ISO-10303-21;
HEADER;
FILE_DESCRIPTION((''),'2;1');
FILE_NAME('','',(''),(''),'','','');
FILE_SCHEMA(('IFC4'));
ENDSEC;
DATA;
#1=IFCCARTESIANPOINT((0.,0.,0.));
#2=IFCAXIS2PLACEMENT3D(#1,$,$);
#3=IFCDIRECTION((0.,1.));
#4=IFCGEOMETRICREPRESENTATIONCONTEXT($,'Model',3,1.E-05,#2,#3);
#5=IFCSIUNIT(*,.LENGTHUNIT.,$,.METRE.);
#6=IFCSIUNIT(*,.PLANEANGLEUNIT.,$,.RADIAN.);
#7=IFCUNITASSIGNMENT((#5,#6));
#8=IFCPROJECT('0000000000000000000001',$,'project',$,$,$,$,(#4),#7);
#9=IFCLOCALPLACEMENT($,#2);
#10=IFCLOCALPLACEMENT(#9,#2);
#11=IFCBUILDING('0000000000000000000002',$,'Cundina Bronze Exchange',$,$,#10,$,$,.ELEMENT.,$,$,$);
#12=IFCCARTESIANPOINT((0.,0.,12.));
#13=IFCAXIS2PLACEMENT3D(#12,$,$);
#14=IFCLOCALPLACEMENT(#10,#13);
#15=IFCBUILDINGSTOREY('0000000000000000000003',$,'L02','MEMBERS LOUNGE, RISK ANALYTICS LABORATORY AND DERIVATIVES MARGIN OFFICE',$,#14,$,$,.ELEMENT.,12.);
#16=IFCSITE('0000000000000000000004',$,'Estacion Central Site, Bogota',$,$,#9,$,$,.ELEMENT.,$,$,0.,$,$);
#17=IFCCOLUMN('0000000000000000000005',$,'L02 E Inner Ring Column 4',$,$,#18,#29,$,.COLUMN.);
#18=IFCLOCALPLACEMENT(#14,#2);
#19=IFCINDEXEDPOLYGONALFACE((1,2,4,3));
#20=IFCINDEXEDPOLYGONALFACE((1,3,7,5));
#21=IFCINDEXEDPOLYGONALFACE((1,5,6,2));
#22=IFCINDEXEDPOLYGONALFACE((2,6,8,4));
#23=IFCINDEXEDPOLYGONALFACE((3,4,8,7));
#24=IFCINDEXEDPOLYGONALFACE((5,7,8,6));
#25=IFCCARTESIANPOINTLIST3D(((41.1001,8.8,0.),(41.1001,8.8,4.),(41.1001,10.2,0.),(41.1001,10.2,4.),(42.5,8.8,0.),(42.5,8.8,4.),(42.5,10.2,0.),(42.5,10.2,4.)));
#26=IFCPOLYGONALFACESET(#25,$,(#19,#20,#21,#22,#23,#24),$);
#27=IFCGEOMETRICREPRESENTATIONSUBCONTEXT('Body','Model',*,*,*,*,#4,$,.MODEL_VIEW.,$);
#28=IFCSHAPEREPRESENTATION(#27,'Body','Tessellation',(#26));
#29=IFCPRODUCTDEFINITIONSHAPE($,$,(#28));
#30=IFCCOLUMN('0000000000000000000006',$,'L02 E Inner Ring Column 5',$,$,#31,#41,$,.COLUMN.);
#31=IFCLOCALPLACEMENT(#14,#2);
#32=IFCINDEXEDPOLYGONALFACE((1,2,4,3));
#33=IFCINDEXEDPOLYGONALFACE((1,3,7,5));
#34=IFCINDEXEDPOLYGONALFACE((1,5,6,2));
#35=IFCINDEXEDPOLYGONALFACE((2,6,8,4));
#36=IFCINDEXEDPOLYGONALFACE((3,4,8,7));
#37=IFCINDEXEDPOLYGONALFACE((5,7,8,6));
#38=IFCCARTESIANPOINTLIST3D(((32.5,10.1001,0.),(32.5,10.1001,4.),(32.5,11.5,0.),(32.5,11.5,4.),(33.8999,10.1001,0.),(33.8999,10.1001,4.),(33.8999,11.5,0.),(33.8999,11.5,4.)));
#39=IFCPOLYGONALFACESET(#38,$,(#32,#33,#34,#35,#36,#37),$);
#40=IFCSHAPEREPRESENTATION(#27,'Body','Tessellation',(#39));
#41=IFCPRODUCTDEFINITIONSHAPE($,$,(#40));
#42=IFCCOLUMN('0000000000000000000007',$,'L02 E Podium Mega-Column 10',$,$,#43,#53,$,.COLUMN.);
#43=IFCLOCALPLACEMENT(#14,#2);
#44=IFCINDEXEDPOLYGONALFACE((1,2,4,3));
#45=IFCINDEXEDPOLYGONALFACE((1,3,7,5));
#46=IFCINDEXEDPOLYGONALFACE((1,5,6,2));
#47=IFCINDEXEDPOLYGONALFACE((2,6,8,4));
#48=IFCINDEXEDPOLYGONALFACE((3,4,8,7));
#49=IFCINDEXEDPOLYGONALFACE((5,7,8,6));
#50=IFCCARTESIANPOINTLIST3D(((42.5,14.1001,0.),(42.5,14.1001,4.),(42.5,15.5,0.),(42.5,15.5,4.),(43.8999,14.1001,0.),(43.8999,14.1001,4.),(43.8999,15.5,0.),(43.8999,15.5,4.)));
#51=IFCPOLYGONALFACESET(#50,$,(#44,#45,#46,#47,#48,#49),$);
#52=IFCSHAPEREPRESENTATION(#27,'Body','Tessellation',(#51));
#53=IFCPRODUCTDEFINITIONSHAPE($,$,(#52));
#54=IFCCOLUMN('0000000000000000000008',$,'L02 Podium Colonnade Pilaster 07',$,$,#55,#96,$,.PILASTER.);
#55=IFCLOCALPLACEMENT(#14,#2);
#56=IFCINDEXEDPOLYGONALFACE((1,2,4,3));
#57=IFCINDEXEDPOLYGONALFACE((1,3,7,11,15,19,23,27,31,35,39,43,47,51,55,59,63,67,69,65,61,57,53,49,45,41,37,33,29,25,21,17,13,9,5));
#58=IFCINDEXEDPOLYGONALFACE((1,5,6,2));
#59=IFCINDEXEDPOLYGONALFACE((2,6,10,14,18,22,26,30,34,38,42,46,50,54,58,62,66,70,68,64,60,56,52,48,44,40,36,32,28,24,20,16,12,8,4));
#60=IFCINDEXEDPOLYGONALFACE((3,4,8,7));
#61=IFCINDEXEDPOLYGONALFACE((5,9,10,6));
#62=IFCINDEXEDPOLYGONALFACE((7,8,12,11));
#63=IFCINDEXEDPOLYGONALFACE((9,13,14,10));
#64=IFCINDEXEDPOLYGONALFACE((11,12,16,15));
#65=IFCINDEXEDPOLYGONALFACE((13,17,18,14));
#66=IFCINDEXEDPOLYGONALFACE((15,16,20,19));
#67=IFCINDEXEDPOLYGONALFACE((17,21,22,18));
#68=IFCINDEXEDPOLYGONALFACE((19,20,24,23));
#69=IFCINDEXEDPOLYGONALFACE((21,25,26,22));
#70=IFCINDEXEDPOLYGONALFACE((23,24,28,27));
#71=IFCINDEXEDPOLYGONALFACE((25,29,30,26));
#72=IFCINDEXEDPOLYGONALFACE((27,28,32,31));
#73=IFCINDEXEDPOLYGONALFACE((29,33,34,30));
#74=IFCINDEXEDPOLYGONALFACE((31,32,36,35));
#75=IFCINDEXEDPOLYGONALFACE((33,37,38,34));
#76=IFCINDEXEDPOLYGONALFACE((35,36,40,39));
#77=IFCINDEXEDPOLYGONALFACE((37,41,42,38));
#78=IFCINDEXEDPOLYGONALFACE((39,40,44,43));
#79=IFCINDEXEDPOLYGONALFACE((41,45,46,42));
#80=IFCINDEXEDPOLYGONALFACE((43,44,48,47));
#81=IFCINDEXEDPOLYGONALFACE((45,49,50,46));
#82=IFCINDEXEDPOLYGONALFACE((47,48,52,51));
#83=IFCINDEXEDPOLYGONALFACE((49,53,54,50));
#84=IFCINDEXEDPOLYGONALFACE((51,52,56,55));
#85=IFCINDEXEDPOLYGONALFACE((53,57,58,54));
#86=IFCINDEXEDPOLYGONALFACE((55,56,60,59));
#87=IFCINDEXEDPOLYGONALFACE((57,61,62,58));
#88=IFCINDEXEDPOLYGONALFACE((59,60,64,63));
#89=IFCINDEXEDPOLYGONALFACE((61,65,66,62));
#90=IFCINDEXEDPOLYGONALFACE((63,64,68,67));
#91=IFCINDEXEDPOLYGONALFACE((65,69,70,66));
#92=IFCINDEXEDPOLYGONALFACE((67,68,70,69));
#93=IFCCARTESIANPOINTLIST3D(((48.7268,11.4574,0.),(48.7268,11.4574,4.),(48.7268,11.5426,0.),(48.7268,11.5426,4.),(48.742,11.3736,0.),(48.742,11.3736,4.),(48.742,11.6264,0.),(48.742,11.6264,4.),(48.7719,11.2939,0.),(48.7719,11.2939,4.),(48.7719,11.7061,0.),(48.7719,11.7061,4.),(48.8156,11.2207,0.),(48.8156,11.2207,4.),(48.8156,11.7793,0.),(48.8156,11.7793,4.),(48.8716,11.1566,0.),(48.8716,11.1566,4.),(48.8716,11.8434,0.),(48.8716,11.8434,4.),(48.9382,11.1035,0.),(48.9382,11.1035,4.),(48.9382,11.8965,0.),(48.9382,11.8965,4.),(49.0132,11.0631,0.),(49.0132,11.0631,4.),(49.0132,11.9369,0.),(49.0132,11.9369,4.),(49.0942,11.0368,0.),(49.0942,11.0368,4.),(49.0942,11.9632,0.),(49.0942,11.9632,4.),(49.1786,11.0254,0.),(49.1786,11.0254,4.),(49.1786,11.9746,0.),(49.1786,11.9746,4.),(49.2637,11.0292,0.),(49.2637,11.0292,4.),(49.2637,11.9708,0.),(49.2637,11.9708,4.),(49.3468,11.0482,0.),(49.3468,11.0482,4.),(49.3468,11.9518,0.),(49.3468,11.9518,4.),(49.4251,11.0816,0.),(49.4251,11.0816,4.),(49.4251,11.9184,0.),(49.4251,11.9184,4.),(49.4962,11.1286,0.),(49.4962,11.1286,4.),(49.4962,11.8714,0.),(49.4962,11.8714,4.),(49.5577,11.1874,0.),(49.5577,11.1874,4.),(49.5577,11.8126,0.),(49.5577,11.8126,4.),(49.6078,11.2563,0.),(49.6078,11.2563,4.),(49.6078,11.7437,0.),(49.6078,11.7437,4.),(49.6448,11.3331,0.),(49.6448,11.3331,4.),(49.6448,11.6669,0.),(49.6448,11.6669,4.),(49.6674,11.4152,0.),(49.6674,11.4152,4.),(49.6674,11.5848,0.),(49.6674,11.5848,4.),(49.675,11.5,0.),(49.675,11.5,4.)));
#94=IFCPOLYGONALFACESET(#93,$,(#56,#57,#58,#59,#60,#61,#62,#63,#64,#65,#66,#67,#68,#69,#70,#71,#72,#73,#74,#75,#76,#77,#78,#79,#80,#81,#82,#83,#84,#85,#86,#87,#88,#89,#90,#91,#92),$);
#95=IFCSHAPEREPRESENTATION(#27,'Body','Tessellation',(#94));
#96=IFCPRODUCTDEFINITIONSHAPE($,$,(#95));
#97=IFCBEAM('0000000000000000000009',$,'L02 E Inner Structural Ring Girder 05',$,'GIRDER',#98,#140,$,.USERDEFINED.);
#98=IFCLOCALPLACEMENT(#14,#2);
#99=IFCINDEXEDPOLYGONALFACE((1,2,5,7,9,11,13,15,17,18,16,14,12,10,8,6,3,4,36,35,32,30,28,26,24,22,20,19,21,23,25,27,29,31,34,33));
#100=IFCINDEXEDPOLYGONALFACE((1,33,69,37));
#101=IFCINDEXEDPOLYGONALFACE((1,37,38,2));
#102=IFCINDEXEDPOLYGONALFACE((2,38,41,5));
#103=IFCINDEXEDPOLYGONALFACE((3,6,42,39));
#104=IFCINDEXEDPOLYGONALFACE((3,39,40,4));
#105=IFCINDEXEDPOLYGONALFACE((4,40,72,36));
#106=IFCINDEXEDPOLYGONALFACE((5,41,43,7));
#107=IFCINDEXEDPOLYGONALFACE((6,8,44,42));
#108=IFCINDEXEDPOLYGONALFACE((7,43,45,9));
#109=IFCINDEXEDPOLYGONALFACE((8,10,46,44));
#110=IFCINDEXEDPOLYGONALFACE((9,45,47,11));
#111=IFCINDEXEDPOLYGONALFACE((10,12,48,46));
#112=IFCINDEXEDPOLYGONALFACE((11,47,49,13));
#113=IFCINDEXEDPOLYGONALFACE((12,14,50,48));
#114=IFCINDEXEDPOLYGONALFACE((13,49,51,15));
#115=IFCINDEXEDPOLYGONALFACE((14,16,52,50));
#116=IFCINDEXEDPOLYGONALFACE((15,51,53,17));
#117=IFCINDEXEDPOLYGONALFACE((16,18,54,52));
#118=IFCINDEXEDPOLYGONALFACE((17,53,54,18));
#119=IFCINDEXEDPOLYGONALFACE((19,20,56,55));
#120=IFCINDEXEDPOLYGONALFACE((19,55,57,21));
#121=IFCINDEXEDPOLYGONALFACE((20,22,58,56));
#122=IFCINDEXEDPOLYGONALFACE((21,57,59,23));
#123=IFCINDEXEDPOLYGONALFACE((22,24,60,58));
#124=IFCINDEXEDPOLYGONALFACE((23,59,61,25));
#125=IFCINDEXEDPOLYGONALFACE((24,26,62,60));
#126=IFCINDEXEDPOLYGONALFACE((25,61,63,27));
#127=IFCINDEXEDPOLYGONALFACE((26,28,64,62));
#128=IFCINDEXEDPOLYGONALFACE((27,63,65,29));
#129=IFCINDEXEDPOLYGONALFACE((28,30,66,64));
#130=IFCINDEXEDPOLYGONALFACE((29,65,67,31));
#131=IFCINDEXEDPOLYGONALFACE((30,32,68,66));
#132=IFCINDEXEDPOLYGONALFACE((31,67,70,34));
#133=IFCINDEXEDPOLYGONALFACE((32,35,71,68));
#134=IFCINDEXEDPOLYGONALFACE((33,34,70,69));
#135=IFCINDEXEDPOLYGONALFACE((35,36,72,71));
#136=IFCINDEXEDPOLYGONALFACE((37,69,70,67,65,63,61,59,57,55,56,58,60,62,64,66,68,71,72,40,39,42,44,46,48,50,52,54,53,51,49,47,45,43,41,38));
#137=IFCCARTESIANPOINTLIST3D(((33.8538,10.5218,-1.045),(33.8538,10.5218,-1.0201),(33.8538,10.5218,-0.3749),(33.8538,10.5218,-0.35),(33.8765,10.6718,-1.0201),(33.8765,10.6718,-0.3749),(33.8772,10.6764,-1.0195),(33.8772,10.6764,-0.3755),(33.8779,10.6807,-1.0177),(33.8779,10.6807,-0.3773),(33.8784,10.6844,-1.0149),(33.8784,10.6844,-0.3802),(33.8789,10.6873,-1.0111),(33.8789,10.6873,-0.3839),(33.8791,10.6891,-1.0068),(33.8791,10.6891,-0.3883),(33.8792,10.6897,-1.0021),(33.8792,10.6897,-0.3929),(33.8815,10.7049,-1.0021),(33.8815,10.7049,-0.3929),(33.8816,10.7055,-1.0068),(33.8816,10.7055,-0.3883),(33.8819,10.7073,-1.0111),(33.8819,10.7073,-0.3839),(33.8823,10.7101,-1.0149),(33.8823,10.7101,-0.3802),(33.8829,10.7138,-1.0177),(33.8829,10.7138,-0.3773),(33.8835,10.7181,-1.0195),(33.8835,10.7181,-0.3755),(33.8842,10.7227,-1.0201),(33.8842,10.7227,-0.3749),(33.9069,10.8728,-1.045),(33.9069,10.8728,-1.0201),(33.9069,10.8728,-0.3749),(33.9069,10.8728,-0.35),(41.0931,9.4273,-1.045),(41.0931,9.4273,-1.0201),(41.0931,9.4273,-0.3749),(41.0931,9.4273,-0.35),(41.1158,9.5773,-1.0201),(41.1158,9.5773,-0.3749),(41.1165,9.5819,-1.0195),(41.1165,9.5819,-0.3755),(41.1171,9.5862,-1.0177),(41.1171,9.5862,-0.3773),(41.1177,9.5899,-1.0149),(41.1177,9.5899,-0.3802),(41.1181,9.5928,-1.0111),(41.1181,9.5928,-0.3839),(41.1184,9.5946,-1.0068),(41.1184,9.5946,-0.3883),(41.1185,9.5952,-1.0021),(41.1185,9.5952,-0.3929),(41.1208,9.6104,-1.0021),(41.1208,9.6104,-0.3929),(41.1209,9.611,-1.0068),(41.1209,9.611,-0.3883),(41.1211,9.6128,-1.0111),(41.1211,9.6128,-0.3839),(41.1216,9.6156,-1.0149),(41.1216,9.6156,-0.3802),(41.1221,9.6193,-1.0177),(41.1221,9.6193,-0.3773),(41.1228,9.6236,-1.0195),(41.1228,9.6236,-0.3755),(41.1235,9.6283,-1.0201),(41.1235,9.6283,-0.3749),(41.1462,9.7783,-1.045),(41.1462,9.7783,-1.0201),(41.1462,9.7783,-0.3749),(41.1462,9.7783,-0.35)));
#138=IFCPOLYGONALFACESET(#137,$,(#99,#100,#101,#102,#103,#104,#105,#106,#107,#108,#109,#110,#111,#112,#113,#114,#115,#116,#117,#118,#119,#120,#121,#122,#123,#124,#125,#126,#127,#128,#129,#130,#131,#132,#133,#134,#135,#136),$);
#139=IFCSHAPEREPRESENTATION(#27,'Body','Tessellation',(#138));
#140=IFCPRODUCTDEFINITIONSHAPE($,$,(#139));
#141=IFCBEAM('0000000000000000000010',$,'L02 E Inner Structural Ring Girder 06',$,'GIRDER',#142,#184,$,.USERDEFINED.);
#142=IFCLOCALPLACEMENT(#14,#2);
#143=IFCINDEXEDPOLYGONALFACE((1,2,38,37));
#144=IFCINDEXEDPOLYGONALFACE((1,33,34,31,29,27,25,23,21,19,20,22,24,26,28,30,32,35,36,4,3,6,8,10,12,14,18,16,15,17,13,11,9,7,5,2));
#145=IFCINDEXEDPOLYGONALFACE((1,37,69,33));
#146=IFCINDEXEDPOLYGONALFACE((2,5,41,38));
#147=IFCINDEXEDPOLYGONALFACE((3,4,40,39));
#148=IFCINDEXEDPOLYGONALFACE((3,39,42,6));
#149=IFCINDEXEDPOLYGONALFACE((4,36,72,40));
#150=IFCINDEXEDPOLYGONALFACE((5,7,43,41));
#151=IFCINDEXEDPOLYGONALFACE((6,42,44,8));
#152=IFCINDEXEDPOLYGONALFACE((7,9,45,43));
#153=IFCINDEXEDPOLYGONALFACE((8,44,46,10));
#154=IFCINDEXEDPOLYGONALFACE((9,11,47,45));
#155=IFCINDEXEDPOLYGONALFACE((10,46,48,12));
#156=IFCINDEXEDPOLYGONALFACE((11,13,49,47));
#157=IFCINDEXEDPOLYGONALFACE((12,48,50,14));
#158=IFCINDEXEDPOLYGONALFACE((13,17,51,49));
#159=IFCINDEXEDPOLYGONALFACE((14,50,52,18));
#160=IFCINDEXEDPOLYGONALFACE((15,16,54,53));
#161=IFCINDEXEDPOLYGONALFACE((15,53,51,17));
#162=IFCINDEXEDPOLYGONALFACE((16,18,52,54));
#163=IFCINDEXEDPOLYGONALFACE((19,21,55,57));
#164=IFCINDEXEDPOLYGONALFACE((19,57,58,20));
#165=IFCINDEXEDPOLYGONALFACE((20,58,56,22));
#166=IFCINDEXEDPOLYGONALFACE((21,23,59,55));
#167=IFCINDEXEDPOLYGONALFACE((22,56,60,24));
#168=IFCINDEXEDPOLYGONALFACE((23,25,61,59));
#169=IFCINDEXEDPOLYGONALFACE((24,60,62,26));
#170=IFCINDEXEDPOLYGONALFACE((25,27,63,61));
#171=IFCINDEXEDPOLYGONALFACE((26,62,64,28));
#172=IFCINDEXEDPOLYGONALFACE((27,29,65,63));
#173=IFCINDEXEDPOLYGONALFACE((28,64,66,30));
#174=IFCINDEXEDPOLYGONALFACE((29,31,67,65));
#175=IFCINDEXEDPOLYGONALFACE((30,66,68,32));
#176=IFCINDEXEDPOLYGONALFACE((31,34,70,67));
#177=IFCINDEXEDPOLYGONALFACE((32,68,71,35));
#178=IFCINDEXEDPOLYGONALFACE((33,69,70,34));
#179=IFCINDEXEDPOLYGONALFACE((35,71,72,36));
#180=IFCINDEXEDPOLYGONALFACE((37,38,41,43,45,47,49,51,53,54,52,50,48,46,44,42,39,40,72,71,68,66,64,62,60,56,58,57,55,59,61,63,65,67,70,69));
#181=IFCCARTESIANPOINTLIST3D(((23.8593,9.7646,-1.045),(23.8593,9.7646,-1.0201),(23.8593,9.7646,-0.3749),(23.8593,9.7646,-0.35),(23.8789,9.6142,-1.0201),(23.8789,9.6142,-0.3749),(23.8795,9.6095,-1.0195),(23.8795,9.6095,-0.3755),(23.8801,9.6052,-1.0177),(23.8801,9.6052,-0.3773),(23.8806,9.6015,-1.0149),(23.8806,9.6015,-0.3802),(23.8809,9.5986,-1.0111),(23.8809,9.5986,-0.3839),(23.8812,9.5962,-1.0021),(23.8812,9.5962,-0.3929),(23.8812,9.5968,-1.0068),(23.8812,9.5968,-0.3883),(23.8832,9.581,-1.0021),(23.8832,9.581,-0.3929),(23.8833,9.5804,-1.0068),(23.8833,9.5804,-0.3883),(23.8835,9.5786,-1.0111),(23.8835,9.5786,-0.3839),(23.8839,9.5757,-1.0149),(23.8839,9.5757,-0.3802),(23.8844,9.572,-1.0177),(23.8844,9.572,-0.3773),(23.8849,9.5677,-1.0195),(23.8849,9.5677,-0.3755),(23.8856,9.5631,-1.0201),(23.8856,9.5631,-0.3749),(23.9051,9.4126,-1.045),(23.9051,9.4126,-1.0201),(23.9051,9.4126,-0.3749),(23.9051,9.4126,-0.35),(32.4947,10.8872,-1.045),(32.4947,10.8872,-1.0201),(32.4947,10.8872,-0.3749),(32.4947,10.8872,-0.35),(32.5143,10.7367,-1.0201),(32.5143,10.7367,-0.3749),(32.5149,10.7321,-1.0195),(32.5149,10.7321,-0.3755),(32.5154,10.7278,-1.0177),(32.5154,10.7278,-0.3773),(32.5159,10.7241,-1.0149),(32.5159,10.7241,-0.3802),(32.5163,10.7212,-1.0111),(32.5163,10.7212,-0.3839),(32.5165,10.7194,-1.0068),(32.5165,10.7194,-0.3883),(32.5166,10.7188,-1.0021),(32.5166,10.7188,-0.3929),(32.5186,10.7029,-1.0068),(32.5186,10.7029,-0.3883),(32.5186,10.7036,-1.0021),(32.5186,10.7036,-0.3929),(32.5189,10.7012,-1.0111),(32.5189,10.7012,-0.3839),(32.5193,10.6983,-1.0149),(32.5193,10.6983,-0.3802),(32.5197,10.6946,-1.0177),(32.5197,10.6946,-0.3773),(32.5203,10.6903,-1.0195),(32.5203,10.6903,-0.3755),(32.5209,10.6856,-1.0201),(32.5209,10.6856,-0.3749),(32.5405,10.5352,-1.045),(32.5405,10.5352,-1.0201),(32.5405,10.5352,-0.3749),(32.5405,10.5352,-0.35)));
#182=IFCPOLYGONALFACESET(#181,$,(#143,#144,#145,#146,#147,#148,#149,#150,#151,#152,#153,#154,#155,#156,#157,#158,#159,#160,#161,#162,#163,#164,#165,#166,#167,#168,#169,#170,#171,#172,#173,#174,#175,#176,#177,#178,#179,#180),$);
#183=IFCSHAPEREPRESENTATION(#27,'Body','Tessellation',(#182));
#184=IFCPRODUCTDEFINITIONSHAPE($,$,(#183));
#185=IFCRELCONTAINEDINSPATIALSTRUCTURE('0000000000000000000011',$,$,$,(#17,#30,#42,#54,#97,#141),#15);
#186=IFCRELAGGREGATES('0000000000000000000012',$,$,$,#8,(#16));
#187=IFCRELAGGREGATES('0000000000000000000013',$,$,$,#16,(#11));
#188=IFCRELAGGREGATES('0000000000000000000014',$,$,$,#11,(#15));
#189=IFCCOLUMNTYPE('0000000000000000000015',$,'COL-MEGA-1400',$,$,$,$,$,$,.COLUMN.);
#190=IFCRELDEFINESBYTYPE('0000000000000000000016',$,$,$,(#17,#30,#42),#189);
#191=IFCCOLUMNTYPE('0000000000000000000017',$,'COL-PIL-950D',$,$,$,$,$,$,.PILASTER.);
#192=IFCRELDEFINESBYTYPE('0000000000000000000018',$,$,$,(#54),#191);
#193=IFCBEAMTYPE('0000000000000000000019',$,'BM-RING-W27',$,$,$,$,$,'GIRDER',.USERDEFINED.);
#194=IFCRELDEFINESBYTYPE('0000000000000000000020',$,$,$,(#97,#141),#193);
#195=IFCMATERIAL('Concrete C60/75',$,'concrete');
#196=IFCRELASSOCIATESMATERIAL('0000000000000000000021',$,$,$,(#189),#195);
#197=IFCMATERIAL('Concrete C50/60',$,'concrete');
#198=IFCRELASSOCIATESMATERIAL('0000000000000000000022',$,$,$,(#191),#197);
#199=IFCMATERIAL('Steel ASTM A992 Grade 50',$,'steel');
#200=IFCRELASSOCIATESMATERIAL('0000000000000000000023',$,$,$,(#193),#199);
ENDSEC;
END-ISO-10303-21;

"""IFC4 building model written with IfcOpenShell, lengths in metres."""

from ifc_helpers import new_model, si_unit, direction, frame, origin, origin_2d, place, context, subcontext, project, spatial, rectangle, circle, i_section, extrude, material, material_profile, profile_set, type_object, element, save


model = new_model("IFC4")

# Units and contexts
model_context = context("Model", 3, precision=1e-05, world=origin(), true_north=direction((0.0, 1.0)))
body_context = subcontext(model_context, "Body", "Model", "MODEL_VIEW")
ifc_project = project(units=[si_unit("LENGTHUNIT", "METRE"), si_unit("PLANEANGLEUNIT", "RADIAN")], contexts=[model_context])

# Site, building, storey
site_placement = place(None, origin())
site = spatial("IfcSite", under=ifc_project, at=site_placement, Name="Estacion Central Site, Bogota", CompositionType="ELEMENT", RefElevation=0.0)
building_placement = place(site_placement, origin())
building = spatial("IfcBuilding", under=site, at=building_placement, Name="Cundina Bronze Exchange", CompositionType="ELEMENT")
storey_placement = place(building_placement, frame((0.0, 0.0, 12.0)))
storey = spatial("IfcBuildingStorey", under=building, at=storey_placement, Name="L02", Description="MEMBERS LOUNGE, RISK ANALYTICS LABORATORY AND DERIVATIVES MARGIN OFFICE", CompositionType="ELEMENT", Elevation=12.0)

# Columns
ifc_material_1 = material(Name="Concrete C60/75", Category="concrete")
ifc_material_profile_1 = material_profile(ifc_material_1, rectangle(XDim=1.3999, YDim=1.3999, at=origin_2d()), Name="RC1400X1400", Category="concrete")
ifc_profile_set_1 = profile_set([ifc_material_profile_1], Name="Concrete C60/75")
column_type_1 = type_object("IfcColumnType", Name="COL-MEGA-1400", PredefinedType="COLUMN", material=ifc_profile_set_1)
for number, where, z_axis, x_axis, name in (
    (1, (41.8, 9.5, 0.0), (0.0, 0.0, 1.0), (1.0, 0.0, 0.0), "L02 E Inner Ring Column 4"),
    (2, (33.2, 10.8, 0.0), (0.0, 0.0, 1.0), (1.0, 0.0, 0.0), "L02 E Inner Ring Column 5"),
    (3, (43.2, 14.8, 0.0), (0.0, 0.0, 1.0), (1.0, 0.0, 0.0), "L02 E Podium Mega-Column 10"),
):
    element("IfcColumn", number, at=place(storey_placement, frame(where, z_axis=z_axis, x_axis=x_axis)), inside=storey, type_object=column_type_1, Name=name, PredefinedType="COLUMN", context=body_context, shape_type="SweptSolid", body=[
        extrude(rectangle(XDim=1.3999, YDim=1.3999, at=origin_2d()), origin(), (0.0, 0.0, 1.0), 4.0),
    ])
ifc_material_2 = material(Name="Concrete C50/60", Category="concrete")
ifc_material_profile_2 = material_profile(ifc_material_2, circle(Radius=0.4751, at=origin_2d()), Name="RC950D", Category="concrete")
ifc_profile_set_2 = profile_set([ifc_material_profile_2], Name="Concrete C50/60")
column_type_2 = type_object("IfcColumnType", Name="COL-PIL-950D", PredefinedType="PILASTER", material=ifc_profile_set_2)
column_placement = place(storey_placement, frame((49.2, 11.5, 0.0), z_axis=(0.0, 0.0, 1.0), x_axis=(1.0, 0.0, 0.0)))
element("IfcColumn", 4, at=column_placement, inside=storey, type_object=column_type_2, Name="L02 Podium Colonnade Pilaster 07", PredefinedType="PILASTER", context=body_context, shape_type="SweptSolid", body=[
    extrude(circle(Radius=0.4751, at=origin_2d()), origin(), (0.0, 0.0, 1.0), 4.0),
])

# Beams
ifc_material_3 = material(Name="Steel ASTM A992 Grade 50", Category="steel")
ifc_material_profile_3 = material_profile(ifc_material_3, i_section(OverallWidth=0.355, OverallDepth=0.6951, WebThickness=0.0154, FlangeThickness=0.0249, FilletRadius=0.0181, at=origin_2d()), Name="W27X146", Category="steel")
ifc_profile_set_3 = profile_set([ifc_material_profile_3], Name="Steel ASTM A992 Grade 50")
beam_type_1 = type_object("IfcBeamType", Name="BM-RING-W27", ElementType="GIRDER", PredefinedType="USERDEFINED", material=ifc_profile_set_3)
beam_1_placement = place(storey_placement, frame((41.1196, 9.6028, -0.6975), z_axis=(-0.988763, 0.149488, 0.0), x_axis=(-0.149488, -0.988763, 0.0)))
element("IfcBeam", 5, at=beam_1_placement, inside=storey, type_object=beam_type_1, Name="L02 E Inner Structural Ring Girder 05", ObjectType="GIRDER", PredefinedType="USERDEFINED", context=body_context, shape_type="SweptSolid", body=[
    extrude(i_section(OverallWidth=0.355, OverallDepth=0.6951, WebThickness=0.0154, FlangeThickness=0.0249, FilletRadius=0.0181, at=origin_2d()), origin(), (0.0, 0.0, 1.0), 7.3215),
])
beam_2_placement = place(storey_placement, frame((32.5176, 10.7112, -0.6975), z_axis=(-0.991656, -0.128912, 0.0), x_axis=(0.128912, -0.991656, 0.0)))
element("IfcBeam", 6, at=beam_2_placement, inside=storey, type_object=beam_type_1, Name="L02 E Inner Structural Ring Girder 06", ObjectType="GIRDER", PredefinedType="USERDEFINED", context=body_context, shape_type="SweptSolid", body=[
    extrude(i_section(OverallWidth=0.355, OverallDepth=0.6951, WebThickness=0.0154, FlangeThickness=0.0249, FilletRadius=0.0181, at=origin_2d()), origin(), (0.0, 0.0, 1.0), 8.708),
])

save(model, "model.ifc")
